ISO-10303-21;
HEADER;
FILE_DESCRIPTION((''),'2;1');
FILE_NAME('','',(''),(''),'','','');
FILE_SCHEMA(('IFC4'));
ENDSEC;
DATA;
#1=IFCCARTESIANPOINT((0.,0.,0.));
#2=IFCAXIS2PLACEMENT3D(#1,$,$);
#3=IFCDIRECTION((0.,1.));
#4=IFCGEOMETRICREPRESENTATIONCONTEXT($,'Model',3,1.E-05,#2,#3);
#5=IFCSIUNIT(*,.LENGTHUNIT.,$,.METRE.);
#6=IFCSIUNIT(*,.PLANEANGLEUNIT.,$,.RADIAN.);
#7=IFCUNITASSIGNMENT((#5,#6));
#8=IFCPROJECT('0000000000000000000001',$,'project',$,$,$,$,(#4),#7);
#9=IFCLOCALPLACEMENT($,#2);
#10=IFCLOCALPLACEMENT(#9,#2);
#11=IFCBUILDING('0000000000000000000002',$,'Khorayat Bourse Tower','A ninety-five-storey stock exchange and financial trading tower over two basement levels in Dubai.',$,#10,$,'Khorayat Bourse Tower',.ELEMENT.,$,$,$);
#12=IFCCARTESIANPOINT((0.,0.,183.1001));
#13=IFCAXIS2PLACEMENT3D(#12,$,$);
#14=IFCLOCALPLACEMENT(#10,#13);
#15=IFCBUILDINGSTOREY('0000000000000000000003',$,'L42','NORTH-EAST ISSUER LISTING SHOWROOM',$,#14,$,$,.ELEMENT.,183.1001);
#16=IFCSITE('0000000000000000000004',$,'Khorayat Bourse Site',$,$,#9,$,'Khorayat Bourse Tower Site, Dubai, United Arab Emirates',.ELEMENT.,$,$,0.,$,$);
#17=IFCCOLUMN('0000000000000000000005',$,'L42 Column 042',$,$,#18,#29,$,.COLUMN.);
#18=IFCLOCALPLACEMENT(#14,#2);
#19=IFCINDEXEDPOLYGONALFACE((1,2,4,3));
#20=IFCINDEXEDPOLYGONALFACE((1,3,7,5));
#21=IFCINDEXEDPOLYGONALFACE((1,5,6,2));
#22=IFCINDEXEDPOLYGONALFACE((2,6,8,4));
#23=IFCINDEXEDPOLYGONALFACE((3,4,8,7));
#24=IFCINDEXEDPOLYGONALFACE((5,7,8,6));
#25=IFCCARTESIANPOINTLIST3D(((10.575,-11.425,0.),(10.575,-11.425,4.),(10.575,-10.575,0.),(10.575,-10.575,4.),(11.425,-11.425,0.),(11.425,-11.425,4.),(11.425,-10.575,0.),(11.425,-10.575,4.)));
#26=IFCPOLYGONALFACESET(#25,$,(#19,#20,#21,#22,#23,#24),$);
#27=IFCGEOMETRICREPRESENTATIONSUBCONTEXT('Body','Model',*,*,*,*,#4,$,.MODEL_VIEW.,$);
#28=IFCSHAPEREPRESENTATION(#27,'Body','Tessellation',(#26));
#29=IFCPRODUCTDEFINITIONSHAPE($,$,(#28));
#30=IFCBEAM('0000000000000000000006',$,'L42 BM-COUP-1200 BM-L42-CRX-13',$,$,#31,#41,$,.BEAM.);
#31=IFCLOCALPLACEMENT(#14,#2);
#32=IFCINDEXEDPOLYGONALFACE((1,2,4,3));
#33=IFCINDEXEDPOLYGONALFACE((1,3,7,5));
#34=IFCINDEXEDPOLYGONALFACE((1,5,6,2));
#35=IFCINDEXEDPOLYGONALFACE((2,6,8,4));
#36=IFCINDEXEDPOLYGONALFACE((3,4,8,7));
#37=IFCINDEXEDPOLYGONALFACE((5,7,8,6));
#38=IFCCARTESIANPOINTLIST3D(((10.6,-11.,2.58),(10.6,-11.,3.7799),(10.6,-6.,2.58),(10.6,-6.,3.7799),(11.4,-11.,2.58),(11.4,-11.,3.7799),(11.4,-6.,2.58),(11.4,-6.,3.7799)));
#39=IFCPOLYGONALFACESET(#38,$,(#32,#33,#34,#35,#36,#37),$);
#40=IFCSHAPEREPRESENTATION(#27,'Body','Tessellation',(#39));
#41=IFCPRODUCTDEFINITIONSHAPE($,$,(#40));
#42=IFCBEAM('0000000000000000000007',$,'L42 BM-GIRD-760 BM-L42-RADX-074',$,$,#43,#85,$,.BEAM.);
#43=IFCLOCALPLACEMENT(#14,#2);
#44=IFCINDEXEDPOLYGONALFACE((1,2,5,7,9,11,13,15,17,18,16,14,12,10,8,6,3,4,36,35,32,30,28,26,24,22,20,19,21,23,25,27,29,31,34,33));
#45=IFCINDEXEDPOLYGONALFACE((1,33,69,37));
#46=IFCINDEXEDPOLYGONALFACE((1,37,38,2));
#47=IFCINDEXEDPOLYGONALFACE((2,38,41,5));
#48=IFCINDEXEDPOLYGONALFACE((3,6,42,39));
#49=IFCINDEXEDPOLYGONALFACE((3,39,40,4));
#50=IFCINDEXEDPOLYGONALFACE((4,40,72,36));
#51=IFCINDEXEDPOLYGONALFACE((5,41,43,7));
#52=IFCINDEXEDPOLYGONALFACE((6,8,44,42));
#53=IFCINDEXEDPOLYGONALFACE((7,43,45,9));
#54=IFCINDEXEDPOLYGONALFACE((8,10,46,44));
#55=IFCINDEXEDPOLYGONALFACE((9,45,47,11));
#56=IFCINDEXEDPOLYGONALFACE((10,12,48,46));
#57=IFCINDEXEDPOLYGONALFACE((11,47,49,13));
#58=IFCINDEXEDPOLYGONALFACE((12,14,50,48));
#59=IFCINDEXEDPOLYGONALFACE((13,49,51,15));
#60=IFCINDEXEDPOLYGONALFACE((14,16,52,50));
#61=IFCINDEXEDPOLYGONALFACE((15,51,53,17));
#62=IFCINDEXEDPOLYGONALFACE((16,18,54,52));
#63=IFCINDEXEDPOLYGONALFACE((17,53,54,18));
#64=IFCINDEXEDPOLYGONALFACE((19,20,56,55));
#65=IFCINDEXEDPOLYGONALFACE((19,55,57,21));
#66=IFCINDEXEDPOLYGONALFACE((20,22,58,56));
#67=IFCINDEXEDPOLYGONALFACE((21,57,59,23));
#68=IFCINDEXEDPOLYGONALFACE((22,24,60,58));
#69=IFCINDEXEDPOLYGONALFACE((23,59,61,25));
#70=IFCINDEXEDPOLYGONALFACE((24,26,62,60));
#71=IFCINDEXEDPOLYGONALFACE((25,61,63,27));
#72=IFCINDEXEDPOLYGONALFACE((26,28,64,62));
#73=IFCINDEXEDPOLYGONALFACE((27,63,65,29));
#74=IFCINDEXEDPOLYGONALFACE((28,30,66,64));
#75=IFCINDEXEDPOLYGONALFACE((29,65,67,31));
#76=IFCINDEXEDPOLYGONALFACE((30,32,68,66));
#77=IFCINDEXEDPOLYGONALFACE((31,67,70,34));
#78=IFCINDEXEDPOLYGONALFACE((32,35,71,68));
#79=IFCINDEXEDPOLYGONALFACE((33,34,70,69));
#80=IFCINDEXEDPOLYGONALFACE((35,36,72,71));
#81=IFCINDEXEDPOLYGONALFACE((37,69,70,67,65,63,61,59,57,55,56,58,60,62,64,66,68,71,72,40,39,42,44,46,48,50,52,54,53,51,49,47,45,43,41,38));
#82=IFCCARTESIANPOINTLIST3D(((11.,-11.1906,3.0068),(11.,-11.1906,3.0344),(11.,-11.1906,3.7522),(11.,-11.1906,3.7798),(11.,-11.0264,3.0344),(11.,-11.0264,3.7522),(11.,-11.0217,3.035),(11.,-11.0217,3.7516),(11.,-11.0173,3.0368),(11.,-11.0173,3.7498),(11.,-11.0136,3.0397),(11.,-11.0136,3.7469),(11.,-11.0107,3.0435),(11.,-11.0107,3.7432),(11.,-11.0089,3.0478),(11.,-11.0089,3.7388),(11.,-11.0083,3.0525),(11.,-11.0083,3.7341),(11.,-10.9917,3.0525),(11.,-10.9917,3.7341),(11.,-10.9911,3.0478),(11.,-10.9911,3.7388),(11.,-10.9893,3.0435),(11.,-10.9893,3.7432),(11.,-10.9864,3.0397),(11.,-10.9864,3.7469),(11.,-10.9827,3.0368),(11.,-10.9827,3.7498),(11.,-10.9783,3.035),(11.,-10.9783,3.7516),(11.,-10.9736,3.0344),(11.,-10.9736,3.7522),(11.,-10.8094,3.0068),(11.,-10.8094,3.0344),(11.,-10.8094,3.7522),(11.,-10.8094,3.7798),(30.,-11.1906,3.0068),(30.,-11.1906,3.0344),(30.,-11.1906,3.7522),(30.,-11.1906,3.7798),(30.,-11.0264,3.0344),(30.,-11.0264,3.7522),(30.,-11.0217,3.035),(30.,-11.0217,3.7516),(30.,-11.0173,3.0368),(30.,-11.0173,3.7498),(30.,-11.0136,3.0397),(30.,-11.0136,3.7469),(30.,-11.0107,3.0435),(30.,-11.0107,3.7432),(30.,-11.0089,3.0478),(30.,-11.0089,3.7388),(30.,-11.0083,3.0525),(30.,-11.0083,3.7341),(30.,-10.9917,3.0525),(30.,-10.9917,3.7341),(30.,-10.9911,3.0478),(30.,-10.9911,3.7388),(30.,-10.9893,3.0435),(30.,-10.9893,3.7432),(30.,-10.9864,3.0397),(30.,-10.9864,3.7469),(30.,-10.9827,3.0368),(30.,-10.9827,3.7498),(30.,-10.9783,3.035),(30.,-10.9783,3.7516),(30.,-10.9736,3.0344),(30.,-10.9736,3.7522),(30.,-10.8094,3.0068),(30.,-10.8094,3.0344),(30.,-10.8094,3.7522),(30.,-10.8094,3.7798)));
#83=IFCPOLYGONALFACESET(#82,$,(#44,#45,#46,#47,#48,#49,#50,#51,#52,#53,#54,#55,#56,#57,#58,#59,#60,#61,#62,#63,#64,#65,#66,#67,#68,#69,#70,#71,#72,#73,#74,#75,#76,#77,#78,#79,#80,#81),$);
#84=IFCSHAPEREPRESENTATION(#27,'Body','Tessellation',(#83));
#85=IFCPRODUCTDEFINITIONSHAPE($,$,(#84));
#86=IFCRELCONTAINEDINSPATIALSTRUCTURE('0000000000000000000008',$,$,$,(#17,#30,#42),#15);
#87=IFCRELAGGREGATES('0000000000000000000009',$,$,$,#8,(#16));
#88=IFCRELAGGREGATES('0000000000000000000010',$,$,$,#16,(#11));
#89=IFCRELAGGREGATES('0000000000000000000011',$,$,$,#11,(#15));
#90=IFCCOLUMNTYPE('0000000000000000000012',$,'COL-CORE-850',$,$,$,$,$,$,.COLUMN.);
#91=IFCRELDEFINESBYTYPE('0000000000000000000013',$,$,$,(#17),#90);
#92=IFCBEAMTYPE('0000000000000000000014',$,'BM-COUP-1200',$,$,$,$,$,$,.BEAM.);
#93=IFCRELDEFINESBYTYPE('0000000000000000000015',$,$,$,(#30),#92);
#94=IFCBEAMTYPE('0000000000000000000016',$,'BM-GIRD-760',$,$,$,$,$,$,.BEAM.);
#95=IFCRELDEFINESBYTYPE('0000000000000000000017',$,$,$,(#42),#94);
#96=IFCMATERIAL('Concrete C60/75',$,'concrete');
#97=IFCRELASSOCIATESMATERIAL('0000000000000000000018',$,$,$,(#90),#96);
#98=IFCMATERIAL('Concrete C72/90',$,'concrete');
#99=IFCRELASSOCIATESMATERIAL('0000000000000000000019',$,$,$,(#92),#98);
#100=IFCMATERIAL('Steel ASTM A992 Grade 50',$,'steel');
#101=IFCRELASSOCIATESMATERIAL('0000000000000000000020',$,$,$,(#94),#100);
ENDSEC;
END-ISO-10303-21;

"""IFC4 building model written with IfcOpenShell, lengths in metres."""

from ifc_helpers import new_model, si_unit, direction, frame, origin, origin_2d, place, context, subcontext, project, spatial, rectangle, i_section, extrude, source, transform, mapped, material, material_profile, profile_set, type_object, element, save


model = new_model("IFC4")

# Units and contexts
model_context = context("Model", 3, precision=1e-05, world=origin(), true_north=direction((0.0, 1.0)))
body_context = subcontext(model_context, "Body", "Model", "MODEL_VIEW")
ifc_project = project(units=[si_unit("LENGTHUNIT", "METRE"), si_unit("PLANEANGLEUNIT", "RADIAN")], contexts=[model_context])

# Site, building, storey
site_placement = place(None, origin())
site = spatial("IfcSite", under=ifc_project, at=site_placement, Name="Khorayat Bourse Site", LongName="Khorayat Bourse Tower Site, Dubai, United Arab Emirates", CompositionType="ELEMENT", RefElevation=0.0)
building_placement = place(site_placement, origin())
building = spatial("IfcBuilding", under=site, at=building_placement, Name="Khorayat Bourse Tower", Description="A ninety-five-storey stock exchange and financial trading tower over two basement levels in Dubai.", LongName="Khorayat Bourse Tower", CompositionType="ELEMENT")
storey_placement = place(building_placement, frame((0.0, 0.0, 183.1001)))
storey = spatial("IfcBuildingStorey", under=building, at=storey_placement, Name="L42", Description="NORTH-EAST ISSUER LISTING SHOWROOM", CompositionType="ELEMENT", Elevation=183.1001)

# Column
ifc_material_1 = material(Name="Concrete C60/75", Category="concrete")
ifc_material_profile_1 = material_profile(ifc_material_1, rectangle(XDim=0.8501, YDim=0.8501, at=origin_2d()), Name="RC 850x850")
ifc_profile_set_1 = profile_set([ifc_material_profile_1], Name="Concrete C60/75")
column_type = type_object("IfcColumnType", Name="COL-CORE-850", PredefinedType="COLUMN", material=ifc_profile_set_1)
shared_shape_1 = source(origin(), body_context, "Body", "SweptSolid", [
    extrude(rectangle(XDim=0.8501, YDim=0.8501, at=origin_2d()), origin(), (0.0, 0.0, 1.0), 4.0),
])
column_placement = place(storey_placement, frame((11.0, -11.0, 0.0), z_axis=(0.0, 0.0, 1.0), x_axis=(1.0, 0.0, 0.0)))
element("IfcColumn", 1, at=column_placement, inside=storey, type_object=column_type, Name="L42 Column 042", PredefinedType="COLUMN", context=body_context, shape_type="MappedRepresentation", body=[
    mapped(shared_shape_1, transform((0.0, 0.0, 0.0), scale=1.0)),
])

# Beams
ifc_material_2 = material(Name="Concrete C72/90", Category="concrete")
ifc_material_profile_2 = material_profile(ifc_material_2, rectangle(XDim=0.8, YDim=1.2, at=origin_2d()), Name="RC 800x1200")
ifc_profile_set_2 = profile_set([ifc_material_profile_2], Name="Concrete C72/90")
beam_type_1 = type_object("IfcBeamType", Name="BM-COUP-1200", PredefinedType="BEAM", material=ifc_profile_set_2)
shared_shape_2 = source(origin(), body_context, "Body", "SweptSolid", [
    extrude(rectangle(XDim=0.8, YDim=1.2, at=origin_2d()), origin(), (0.0, 0.0, 1.0), 5.0),
])
beam_1_placement = place(storey_placement, frame((11.0, -11.0, 3.1799), z_axis=(0.0, 1.0, 0.0), x_axis=(-1.0, 0.0, 0.0)))
element("IfcBeam", 2, at=beam_1_placement, inside=storey, type_object=beam_type_1, Name="L42 BM-COUP-1200 BM-L42-CRX-13", PredefinedType="BEAM", context=body_context, shape_type="MappedRepresentation", body=[
    mapped(shared_shape_2, transform((0.0, 0.0, 0.0), scale=1.0)),
])
ifc_material_3 = material(Name="Steel ASTM A992 Grade 50", Category="steel")
ifc_material_profile_3 = material_profile(ifc_material_3, i_section(OverallWidth=0.3811, OverallDepth=0.7729, WebThickness=0.0166, FlangeThickness=0.0276, FilletRadius=0.0181, at=origin_2d()), Name="W760X257")
ifc_profile_set_3 = profile_set([ifc_material_profile_3], Name="Steel ASTM A992 Grade 50")
beam_type_2 = type_object("IfcBeamType", Name="BM-GIRD-760", PredefinedType="BEAM", material=ifc_profile_set_3)
shared_shape_3 = source(origin(), body_context, "Body", "SweptSolid", [
    extrude(i_section(OverallWidth=0.3811, OverallDepth=0.7729, WebThickness=0.0166, FlangeThickness=0.0276, FilletRadius=0.0181, at=origin_2d()), origin(), (0.0, 0.0, 1.0), 19.0),
])
beam_2_placement = place(storey_placement, frame((11.0, -11.0, 3.3933), z_axis=(1.0, 0.0, 0.0), x_axis=(0.0, 1.0, 0.0)))
element("IfcBeam", 3, at=beam_2_placement, inside=storey, type_object=beam_type_2, Name="L42 BM-GIRD-760 BM-L42-RADX-074", PredefinedType="BEAM", context=body_context, shape_type="MappedRepresentation", body=[
    mapped(shared_shape_3, transform((0.0, 0.0, 0.0), scale=1.0)),
])

save(model, "model.ifc")
